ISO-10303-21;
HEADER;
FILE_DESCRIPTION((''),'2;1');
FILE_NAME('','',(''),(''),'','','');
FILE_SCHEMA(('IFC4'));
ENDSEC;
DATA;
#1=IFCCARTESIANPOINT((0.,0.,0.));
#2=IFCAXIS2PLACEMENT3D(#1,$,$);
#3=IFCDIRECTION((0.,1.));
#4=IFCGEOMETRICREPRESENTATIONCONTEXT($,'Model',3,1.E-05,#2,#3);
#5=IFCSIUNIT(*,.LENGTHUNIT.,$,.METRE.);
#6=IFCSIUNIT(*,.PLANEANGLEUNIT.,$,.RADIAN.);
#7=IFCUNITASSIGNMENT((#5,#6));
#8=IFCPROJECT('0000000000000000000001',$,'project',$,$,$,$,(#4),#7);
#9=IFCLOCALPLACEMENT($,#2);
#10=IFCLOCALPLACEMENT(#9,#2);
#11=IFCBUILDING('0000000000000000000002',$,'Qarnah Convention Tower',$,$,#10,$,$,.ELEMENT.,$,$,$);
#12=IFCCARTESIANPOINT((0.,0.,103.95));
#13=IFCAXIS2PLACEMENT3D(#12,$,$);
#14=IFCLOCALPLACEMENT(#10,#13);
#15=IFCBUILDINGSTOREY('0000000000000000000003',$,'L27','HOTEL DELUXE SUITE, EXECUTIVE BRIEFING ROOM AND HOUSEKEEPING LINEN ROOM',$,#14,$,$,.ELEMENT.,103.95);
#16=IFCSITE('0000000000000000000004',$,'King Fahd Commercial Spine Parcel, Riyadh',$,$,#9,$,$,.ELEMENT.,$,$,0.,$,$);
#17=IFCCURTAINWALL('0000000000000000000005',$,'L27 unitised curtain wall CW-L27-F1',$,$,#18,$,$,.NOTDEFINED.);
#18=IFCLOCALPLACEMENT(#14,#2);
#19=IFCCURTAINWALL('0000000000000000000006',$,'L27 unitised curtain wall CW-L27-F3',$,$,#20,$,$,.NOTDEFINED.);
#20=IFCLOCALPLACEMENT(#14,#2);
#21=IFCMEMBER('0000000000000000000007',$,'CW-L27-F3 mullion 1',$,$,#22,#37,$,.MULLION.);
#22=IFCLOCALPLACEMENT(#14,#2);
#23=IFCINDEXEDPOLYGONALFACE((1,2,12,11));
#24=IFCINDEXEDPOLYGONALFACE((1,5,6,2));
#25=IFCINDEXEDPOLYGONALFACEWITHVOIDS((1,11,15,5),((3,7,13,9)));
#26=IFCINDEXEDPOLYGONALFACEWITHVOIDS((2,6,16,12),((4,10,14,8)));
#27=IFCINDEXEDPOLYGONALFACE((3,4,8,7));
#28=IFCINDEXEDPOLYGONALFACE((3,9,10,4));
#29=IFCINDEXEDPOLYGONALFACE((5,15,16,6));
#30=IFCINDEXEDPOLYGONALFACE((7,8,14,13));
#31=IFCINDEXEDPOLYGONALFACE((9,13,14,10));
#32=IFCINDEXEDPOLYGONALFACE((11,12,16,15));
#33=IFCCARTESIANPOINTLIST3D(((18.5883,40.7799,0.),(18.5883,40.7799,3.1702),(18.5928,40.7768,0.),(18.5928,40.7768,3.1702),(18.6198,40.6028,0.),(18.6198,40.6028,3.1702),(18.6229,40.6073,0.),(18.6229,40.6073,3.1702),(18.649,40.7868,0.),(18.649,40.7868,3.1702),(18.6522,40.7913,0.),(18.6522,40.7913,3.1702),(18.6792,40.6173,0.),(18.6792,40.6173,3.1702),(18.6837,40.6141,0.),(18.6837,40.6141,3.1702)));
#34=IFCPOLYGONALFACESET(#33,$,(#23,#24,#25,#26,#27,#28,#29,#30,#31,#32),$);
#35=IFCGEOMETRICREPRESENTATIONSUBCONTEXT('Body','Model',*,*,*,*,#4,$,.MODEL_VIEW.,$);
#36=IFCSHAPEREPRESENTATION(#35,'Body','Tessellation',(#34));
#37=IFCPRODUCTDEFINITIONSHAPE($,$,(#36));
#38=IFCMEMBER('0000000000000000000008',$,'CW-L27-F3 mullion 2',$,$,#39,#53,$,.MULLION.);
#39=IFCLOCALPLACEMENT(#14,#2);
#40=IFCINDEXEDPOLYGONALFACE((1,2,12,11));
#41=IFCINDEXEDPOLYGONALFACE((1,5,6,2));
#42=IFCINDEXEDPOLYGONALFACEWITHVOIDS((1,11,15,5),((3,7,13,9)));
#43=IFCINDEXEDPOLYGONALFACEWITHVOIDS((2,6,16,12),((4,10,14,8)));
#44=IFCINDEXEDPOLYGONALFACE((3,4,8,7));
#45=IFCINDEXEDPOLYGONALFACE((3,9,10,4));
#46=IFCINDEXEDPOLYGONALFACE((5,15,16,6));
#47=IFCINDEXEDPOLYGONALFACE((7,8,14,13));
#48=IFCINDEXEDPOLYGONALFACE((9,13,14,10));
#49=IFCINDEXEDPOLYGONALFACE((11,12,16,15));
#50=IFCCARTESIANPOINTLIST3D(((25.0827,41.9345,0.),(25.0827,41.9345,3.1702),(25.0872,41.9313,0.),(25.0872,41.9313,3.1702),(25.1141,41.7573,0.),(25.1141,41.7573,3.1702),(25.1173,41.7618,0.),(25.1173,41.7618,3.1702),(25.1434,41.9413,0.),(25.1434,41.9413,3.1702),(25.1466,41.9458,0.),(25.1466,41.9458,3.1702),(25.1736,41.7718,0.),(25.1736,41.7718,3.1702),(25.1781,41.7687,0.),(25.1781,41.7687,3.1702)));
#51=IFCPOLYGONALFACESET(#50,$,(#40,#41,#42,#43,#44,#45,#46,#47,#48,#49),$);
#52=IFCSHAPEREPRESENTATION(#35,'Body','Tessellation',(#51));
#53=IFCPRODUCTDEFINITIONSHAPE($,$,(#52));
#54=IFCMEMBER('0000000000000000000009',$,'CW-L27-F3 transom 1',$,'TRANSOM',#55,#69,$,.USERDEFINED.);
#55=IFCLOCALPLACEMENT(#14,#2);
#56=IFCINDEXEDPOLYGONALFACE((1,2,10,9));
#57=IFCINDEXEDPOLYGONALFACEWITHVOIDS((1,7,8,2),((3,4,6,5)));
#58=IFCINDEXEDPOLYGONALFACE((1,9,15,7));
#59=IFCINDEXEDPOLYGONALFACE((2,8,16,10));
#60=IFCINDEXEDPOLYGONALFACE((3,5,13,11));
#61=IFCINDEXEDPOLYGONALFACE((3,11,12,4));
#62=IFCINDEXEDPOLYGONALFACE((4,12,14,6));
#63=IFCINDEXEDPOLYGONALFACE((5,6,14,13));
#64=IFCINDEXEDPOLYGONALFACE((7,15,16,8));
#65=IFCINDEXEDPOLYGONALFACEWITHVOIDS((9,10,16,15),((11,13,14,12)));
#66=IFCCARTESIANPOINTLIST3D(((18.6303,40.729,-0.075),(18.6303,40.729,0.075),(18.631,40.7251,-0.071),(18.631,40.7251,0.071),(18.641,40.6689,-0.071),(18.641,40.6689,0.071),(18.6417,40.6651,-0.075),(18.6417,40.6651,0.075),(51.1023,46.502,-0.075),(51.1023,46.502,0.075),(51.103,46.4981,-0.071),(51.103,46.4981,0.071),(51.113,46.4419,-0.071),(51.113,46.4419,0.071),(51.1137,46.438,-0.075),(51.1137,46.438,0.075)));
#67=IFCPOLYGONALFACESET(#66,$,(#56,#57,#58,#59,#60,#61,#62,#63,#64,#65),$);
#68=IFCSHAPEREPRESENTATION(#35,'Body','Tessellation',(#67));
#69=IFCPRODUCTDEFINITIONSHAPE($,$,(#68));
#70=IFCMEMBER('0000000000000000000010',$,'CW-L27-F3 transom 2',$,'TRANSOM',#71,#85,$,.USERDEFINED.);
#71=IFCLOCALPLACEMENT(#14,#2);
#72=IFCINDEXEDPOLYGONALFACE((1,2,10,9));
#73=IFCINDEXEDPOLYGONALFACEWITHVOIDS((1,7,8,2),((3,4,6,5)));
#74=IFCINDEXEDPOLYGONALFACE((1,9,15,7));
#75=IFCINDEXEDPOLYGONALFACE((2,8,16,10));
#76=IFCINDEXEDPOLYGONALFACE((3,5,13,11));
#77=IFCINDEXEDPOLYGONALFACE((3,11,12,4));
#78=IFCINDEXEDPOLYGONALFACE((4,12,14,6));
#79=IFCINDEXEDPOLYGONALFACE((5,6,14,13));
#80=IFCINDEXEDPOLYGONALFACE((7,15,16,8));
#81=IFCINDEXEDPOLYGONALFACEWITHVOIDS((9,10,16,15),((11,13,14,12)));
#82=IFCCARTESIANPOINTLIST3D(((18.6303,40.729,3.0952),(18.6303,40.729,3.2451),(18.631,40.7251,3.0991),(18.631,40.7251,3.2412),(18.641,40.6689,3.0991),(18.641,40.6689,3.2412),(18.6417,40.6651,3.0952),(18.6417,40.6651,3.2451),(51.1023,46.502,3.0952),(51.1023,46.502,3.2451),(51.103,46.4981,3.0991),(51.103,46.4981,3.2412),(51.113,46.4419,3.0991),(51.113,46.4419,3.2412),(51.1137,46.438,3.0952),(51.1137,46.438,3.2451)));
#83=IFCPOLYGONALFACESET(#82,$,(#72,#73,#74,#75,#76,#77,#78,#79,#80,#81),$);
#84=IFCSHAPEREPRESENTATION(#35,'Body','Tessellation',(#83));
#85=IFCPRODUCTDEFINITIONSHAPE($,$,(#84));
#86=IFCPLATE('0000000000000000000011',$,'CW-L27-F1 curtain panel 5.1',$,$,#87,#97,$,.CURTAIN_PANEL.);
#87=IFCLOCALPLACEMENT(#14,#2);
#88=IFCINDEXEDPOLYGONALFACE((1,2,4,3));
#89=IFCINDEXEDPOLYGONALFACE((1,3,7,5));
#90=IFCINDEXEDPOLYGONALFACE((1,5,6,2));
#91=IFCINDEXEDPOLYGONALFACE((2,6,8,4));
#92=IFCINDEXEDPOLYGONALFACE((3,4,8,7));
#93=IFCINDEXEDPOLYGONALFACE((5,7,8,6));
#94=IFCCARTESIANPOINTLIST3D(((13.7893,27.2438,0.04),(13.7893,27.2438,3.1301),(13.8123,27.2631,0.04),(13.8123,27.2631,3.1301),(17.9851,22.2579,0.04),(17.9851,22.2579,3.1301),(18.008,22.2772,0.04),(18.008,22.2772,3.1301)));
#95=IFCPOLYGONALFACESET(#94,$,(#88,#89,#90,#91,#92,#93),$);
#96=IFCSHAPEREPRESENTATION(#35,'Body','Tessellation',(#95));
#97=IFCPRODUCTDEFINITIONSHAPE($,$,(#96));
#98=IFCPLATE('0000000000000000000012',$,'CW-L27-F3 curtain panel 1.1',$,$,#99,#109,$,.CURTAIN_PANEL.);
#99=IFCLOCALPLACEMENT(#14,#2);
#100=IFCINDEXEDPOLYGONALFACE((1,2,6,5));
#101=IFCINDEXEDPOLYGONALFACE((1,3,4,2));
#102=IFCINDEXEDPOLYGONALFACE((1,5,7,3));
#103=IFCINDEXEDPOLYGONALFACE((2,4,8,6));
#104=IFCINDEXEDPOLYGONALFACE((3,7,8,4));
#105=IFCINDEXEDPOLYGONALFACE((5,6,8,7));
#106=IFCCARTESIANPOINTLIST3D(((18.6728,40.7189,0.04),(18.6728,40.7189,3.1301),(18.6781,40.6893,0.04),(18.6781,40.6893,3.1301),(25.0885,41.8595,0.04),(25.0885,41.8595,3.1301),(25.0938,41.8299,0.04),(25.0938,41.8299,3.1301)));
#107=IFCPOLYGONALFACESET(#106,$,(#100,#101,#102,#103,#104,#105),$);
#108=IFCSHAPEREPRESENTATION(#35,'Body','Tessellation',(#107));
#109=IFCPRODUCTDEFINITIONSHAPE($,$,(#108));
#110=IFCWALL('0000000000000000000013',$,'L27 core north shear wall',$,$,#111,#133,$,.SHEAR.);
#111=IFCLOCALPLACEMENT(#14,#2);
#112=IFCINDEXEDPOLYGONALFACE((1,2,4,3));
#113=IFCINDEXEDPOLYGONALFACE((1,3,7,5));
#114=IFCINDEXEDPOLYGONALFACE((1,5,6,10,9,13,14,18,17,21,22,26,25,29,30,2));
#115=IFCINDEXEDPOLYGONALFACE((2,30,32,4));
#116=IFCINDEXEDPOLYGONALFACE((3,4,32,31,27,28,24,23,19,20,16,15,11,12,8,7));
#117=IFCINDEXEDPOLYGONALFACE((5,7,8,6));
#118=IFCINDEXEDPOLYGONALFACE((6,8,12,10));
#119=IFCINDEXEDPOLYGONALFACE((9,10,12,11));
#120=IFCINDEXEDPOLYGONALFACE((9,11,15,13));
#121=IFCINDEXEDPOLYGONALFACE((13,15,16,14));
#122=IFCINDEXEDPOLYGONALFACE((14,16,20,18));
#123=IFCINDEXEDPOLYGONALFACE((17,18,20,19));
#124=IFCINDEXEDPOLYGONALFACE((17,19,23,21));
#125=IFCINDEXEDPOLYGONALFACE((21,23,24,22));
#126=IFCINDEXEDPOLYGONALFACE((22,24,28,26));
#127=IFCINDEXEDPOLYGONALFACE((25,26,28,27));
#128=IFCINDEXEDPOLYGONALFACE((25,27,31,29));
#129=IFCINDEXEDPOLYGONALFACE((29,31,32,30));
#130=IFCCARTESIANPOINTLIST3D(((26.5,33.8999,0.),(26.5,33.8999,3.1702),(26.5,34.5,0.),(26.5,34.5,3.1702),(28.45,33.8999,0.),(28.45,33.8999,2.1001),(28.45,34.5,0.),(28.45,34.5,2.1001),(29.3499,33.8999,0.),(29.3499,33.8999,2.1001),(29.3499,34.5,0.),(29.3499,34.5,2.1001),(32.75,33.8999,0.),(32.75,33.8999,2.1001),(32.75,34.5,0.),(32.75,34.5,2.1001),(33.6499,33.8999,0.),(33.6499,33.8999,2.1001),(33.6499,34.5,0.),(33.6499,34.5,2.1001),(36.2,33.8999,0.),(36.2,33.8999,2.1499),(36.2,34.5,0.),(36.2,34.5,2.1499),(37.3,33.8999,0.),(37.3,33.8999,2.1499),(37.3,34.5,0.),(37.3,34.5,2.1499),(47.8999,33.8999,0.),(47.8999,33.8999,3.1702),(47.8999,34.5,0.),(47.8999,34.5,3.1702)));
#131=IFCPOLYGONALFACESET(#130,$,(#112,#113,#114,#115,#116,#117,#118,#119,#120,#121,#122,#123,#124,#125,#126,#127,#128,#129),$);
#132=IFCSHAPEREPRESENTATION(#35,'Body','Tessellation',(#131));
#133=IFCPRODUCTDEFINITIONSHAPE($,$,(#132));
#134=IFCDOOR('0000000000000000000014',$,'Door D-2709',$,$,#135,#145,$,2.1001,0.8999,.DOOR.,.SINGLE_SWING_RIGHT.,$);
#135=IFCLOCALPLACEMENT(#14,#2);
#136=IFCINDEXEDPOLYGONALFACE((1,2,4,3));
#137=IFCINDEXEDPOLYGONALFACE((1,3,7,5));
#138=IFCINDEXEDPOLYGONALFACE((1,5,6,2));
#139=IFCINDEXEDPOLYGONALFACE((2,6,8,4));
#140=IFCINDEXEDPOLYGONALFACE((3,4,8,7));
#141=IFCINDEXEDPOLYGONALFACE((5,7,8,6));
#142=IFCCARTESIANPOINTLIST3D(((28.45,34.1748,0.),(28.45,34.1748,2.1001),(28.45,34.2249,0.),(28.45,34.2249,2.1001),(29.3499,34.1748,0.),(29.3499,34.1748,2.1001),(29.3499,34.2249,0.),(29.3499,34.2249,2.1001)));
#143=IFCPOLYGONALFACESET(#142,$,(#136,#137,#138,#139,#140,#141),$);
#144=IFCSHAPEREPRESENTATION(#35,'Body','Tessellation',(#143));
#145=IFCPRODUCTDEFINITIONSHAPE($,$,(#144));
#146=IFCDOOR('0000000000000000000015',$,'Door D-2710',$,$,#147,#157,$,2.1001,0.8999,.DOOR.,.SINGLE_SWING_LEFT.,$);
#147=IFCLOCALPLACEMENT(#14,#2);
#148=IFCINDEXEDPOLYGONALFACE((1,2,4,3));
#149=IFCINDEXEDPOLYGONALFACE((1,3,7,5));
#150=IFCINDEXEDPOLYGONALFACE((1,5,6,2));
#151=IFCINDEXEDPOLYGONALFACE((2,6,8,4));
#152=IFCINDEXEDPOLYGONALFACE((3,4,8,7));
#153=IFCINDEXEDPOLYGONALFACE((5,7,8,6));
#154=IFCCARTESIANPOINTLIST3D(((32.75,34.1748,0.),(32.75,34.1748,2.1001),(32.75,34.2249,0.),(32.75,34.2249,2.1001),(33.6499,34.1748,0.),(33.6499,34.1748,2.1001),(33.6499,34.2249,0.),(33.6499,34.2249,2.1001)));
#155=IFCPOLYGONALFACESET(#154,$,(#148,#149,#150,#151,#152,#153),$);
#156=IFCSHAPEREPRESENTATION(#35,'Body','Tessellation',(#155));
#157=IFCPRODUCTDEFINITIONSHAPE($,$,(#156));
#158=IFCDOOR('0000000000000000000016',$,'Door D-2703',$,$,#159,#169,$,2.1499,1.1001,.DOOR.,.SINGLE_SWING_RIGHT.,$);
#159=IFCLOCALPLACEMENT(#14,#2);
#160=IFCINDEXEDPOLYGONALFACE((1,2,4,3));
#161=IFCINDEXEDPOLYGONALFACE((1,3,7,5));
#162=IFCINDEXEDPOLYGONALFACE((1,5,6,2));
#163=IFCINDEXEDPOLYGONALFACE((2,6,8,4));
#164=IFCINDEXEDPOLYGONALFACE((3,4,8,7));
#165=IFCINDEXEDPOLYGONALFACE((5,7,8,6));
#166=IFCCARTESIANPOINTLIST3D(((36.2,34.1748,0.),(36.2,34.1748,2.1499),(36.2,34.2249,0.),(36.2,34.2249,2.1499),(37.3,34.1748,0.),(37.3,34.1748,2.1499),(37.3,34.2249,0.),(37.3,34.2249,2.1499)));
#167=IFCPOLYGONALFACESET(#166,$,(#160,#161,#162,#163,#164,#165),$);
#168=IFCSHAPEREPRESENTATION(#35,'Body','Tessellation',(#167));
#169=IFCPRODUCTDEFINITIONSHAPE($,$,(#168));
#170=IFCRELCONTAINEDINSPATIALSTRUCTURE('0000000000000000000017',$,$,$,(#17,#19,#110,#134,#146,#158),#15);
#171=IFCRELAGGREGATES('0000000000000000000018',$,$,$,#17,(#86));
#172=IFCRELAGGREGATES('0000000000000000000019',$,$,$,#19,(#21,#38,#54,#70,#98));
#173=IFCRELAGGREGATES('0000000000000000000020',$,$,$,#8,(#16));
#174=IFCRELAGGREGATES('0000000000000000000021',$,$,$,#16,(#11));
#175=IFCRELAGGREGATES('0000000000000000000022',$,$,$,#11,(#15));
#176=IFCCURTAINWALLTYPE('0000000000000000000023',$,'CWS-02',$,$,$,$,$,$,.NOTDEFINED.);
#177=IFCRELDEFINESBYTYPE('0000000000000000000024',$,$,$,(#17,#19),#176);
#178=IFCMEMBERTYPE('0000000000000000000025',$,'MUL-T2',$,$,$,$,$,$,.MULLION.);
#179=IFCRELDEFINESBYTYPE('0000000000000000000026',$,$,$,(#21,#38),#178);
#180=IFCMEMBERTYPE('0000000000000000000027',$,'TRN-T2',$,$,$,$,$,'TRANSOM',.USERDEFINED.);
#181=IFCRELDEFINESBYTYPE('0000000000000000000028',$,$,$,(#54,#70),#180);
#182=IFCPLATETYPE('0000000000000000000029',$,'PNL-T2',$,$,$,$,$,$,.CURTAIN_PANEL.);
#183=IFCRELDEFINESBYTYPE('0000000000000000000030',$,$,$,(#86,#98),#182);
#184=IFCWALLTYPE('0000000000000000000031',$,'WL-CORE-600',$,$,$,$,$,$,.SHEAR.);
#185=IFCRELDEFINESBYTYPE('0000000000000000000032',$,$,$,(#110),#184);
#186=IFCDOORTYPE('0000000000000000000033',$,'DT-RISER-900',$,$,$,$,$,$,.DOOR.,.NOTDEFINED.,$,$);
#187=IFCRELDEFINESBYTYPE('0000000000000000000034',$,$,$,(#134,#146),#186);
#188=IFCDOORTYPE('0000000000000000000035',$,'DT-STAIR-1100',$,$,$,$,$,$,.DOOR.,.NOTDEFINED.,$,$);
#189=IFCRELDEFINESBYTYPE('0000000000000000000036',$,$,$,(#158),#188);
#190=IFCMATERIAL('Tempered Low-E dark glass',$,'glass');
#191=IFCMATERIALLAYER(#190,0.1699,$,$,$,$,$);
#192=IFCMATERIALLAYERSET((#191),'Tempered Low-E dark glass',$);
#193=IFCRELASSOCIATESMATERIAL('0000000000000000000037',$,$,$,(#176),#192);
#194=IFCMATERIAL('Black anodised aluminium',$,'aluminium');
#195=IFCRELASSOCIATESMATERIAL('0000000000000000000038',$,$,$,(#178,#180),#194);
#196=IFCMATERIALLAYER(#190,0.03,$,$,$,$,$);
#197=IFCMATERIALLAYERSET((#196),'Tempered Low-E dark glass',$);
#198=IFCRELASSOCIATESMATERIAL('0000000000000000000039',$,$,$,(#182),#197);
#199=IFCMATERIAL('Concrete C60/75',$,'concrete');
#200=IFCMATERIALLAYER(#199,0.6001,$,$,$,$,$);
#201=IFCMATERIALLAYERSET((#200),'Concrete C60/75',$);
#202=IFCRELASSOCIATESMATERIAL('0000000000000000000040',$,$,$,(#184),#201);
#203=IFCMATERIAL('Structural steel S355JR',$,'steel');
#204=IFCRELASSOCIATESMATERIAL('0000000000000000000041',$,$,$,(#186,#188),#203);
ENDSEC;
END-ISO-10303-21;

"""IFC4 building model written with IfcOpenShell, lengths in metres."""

from ifc_helpers import new_model, si_unit, direction, frame, frame_2d, origin, origin_2d, place, context, subcontext, project, spatial, rectangle, hollow_rectangle, extrude, material, layer, layer_set, material_profile, profile_set, type_object, element, fill, aggregate, save


model = new_model("IFC4")

# Units and contexts
model_context = context("Model", 3, precision=1e-05, world=origin(), true_north=direction((0.0, 1.0)))
body_context = subcontext(model_context, "Body", "Model", "MODEL_VIEW")
ifc_project = project(units=[si_unit("LENGTHUNIT", "METRE"), si_unit("PLANEANGLEUNIT", "RADIAN")], contexts=[model_context])

# Site, building, storey
site_placement = place(None, origin())
site = spatial("IfcSite", under=ifc_project, at=site_placement, Name="King Fahd Commercial Spine Parcel, Riyadh", CompositionType="ELEMENT", RefElevation=0.0)
building_placement = place(site_placement, origin())
building = spatial("IfcBuilding", under=site, at=building_placement, Name="Qarnah Convention Tower", CompositionType="ELEMENT")
storey_placement = place(building_placement, frame((0.0, 0.0, 103.95)))
storey = spatial("IfcBuildingStorey", under=building, at=storey_placement, Name="L27", Description="HOTEL DELUXE SUITE, EXECUTIVE BRIEFING ROOM AND HOUSEKEEPING LINEN ROOM", CompositionType="ELEMENT", Elevation=103.95)

# Shared definitions
ifc_material_1 = material(Name="Concrete C60/75", Category="concrete")

# Shared definitions
ifc_material_2 = material(Name="Structural steel S355JR", Category="steel")

# Curtain wall
ifc_material_3 = material(Name="Tempered Low-E dark glass", Category="glass")
ifc_layer_1 = layer(ifc_material_3, 0.1699)
ifc_layer_set_1 = layer_set([ifc_layer_1], Name="Tempered Low-E dark glass")
curtain_wall_type = type_object("IfcCurtainWallType", Name="CWS-02", PredefinedType="NOTDEFINED", material=ifc_layer_set_1)
curtain_wall_1_placement = place(storey_placement, origin())
curtain_wall_1 = element("IfcCurtainWall", 1, at=curtain_wall_1_placement, inside=storey, type_object=curtain_wall_type, Name="L27 unitised curtain wall CW-L27-F1", PredefinedType="NOTDEFINED")
ifc_material_4 = material(Name="Black anodised aluminium", Category="aluminium")
ifc_material_profile_1 = material_profile(ifc_material_4, hollow_rectangle(XDim=0.0649, YDim=0.1799, WallThickness=0.0039, at=origin_2d()), Name="MUL-65X180")
ifc_profile_set_1 = profile_set([ifc_material_profile_1], Name="Black anodised aluminium")
member_type_1 = type_object("IfcMemberType", Name="MUL-T2", PredefinedType="MULLION", material=ifc_profile_set_1)

# Curtain wall, members
curtain_wall_2_placement = place(storey_placement, origin())
curtain_wall_2 = element("IfcCurtainWall", 2, at=curtain_wall_2_placement, inside=storey, type_object=curtain_wall_type, Name="L27 unitised curtain wall CW-L27-F3", PredefinedType="NOTDEFINED")
member_1_placement = place(storey_placement, frame((18.636, 40.697, 0.0), z_axis=(0.0, 0.0, 1.0), x_axis=(0.984561, 0.175039, 0.0)))
member_1 = element("IfcMember", 3, at=member_1_placement, type_object=member_type_1, Name="CW-L27-F3 mullion 1", PredefinedType="MULLION", context=body_context, shape_type="SweptSolid", body=[
    extrude(hollow_rectangle(XDim=0.0649, YDim=0.1799, WallThickness=0.0039, at=origin_2d()), origin(), (0.0, 0.0, 1.0), 3.1702),
])
member_2_placement = place(storey_placement, frame((25.1304, 41.8516, 0.0), z_axis=(0.0, 0.0, 1.0), x_axis=(0.984561, 0.175039, 0.0)))
member_2 = element("IfcMember", 4, at=member_2_placement, type_object=member_type_1, Name="CW-L27-F3 mullion 2", PredefinedType="MULLION", context=body_context, shape_type="SweptSolid", body=[
    extrude(hollow_rectangle(XDim=0.0649, YDim=0.1799, WallThickness=0.0039, at=origin_2d()), origin(), (0.0, 0.0, 1.0), 3.1702),
])
ifc_material_profile_2 = material_profile(ifc_material_4, hollow_rectangle(XDim=0.0649, YDim=0.1499, WallThickness=0.0039, at=origin_2d()), Name="TRN-65X150")
ifc_profile_set_2 = profile_set([ifc_material_profile_2], Name="Black anodised aluminium")
member_type_2 = type_object("IfcMemberType", Name="TRN-T2", ElementType="TRANSOM", PredefinedType="USERDEFINED", material=ifc_profile_set_2)
member_3_placement = place(storey_placement, frame((18.636, 40.697, 0.0), z_axis=(0.984562, 0.175038, 0.0), x_axis=(-0.175038, 0.984562, 0.0)))
member_3 = element("IfcMember", 5, at=member_3_placement, type_object=member_type_2, Name="CW-L27-F3 transom 1", ObjectType="TRANSOM", PredefinedType="USERDEFINED", context=body_context, shape_type="SweptSolid", body=[
    extrude(hollow_rectangle(XDim=0.0649, YDim=0.1499, WallThickness=0.0039, at=origin_2d()), origin(), (0.0, 0.0, 1.0), 32.9812),
])
member_4_placement = place(storey_placement, frame((18.636, 40.697, 3.1702), z_axis=(0.984562, 0.175038, 0.0), x_axis=(-0.175038, 0.984562, 0.0)))
member_4 = element("IfcMember", 6, at=member_4_placement, type_object=member_type_2, Name="CW-L27-F3 transom 2", ObjectType="TRANSOM", PredefinedType="USERDEFINED", context=body_context, shape_type="SweptSolid", body=[
    extrude(hollow_rectangle(XDim=0.0649, YDim=0.1499, WallThickness=0.0039, at=origin_2d()), origin(), (0.0, 0.0, 1.0), 32.9812),
])

# Plates
ifc_layer_2 = layer(ifc_material_3, 0.03)
ifc_layer_set_2 = layer_set([ifc_layer_2], Name="Tempered Low-E dark glass")
plate_type = type_object("IfcPlateType", Name="PNL-T2", PredefinedType="CURTAIN_PANEL", material=ifc_layer_set_2)
plate_1_placement = place(storey_placement, frame((15.8987, 24.7605, 0.04), z_axis=(0.0, 0.0, 1.0), x_axis=(-0.643878, 0.765128, 0.0)))
plate_1 = element("IfcPlate", 7, at=plate_1_placement, type_object=plate_type, Name="CW-L27-F1 curtain panel 5.1", PredefinedType="CURTAIN_PANEL", context=body_context, shape_type="SweptSolid", body=[
    extrude(rectangle(XDim=6.5164, YDim=0.03, at=origin_2d()), origin(), (0.0, 0.0, 1.0), 3.0901),
])
aggregate(curtain_wall_1, [plate_1])
plate_2_placement = place(storey_placement, frame((21.8833, 41.2744, 0.04), z_axis=(0.0, 0.0, 1.0), x_axis=(0.984561, 0.175039, 0.0)))
plate_2 = element("IfcPlate", 8, at=plate_2_placement, type_object=plate_type, Name="CW-L27-F3 curtain panel 1.1", PredefinedType="CURTAIN_PANEL", context=body_context, shape_type="SweptSolid", body=[
    extrude(rectangle(XDim=6.5164, YDim=0.03, at=origin_2d()), origin(), (0.0, 0.0, 1.0), 3.0901),
])
aggregate(curtain_wall_2, [member_1, member_2, member_3, member_4, plate_2])

# Wall, openings, doors
ifc_layer_3 = layer(ifc_material_1, 0.6001)
ifc_layer_set_3 = layer_set([ifc_layer_3], Name="Concrete C60/75")
wall_type_1 = type_object("IfcWallType", Name="WL-CORE-600", PredefinedType="SHEAR", material=ifc_layer_set_3)
wall_1_placement = place(storey_placement, frame((26.5, 34.2, 0.0), z_axis=(0.0, 0.0, 1.0), x_axis=(1.0, 0.0, 0.0)))
wall_1 = element("IfcWall", 9, at=wall_1_placement, inside=storey, type_object=wall_type_1, Name="L27 core north shear wall", PredefinedType="SHEAR", context=body_context, shape_type="SweptSolid", body=[
    extrude(rectangle(XDim=21.3999, YDim=0.6001, at=frame_2d((10.7, 0.0))), origin(), (0.0, 0.0, 1.0), 3.1702),
])
opening_1_placement = place(wall_1_placement, frame((9.7, 0.0, 0.0)))
opening_1 = element("IfcOpeningElement", 10, at=opening_1_placement, cuts=wall_1, PredefinedType="OPENING", context=body_context, shape_type="SweptSolid", body=[
    extrude(rectangle(XDim=1.1001, YDim=2.1499, at=frame_2d((0.55, 1.075))), frame((0.0, 0.3101, 0.0), z_axis=(0.0, -1.0, 0.0), x_axis=(1.0, 0.0, 0.0)), (0.0, 0.0, 1.0), 0.6201),
])
opening_2_placement = place(wall_1_placement, frame((1.95, 0.0, 0.0)))
opening_2 = element("IfcOpeningElement", 11, at=opening_2_placement, cuts=wall_1, PredefinedType="OPENING", context=body_context, shape_type="SweptSolid", body=[
    extrude(rectangle(XDim=0.8999, YDim=2.1001, at=frame_2d((0.45, 1.05))), frame((0.0, 0.3101, 0.0), z_axis=(0.0, -1.0, 0.0), x_axis=(1.0, 0.0, 0.0)), (0.0, 0.0, 1.0), 0.6201),
])
opening_3_placement = place(wall_1_placement, frame((6.25, 0.0, 0.0)))
opening_3 = element("IfcOpeningElement", 12, at=opening_3_placement, cuts=wall_1, PredefinedType="OPENING", context=body_context, shape_type="SweptSolid", body=[
    extrude(rectangle(XDim=0.8999, YDim=2.1001, at=frame_2d((0.45, 1.05))), frame((0.0, 0.3101, 0.0), z_axis=(0.0, -1.0, 0.0), x_axis=(1.0, 0.0, 0.0)), (0.0, 0.0, 1.0), 0.6201),
])
door_type_1 = type_object("IfcDoorType", Name="DT-RISER-900", OperationType="NOTDEFINED", PredefinedType="DOOR", material=ifc_material_2)
door_1_placement = place(opening_2_placement, origin())
door_1 = element("IfcDoor", 13, at=door_1_placement, inside=storey, type_object=door_type_1, Name="Door D-2709", OperationType="SINGLE_SWING_RIGHT", OverallHeight=2.1001, OverallWidth=0.8999, PredefinedType="DOOR", context=body_context, shape_type="SweptSolid", body=[
    extrude(rectangle(XDim=0.8999, YDim=2.1001, at=frame_2d((0.45, 1.05))), frame((0.0, 0.0249, 0.0), z_axis=(0.0, -1.0, 0.0), x_axis=(1.0, 0.0, 0.0)), (0.0, 0.0, 1.0), 0.05),
])
fill(opening_2, door_1)
door_2_placement = place(opening_3_placement, origin())
door_2 = element("IfcDoor", 14, at=door_2_placement, inside=storey, type_object=door_type_1, Name="Door D-2710", OperationType="SINGLE_SWING_LEFT", OverallHeight=2.1001, OverallWidth=0.8999, PredefinedType="DOOR", context=body_context, shape_type="SweptSolid", body=[
    extrude(rectangle(XDim=0.8999, YDim=2.1001, at=frame_2d((0.45, 1.05))), frame((0.0, 0.0249, 0.0), z_axis=(0.0, -1.0, 0.0), x_axis=(1.0, 0.0, 0.0)), (0.0, 0.0, 1.0), 0.05),
])
fill(opening_3, door_2)
door_type_2 = type_object("IfcDoorType", Name="DT-STAIR-1100", OperationType="NOTDEFINED", PredefinedType="DOOR", material=ifc_material_2)
door_3_placement = place(opening_1_placement, origin())
door_3 = element("IfcDoor", 15, at=door_3_placement, inside=storey, type_object=door_type_2, Name="Door D-2703", OperationType="SINGLE_SWING_RIGHT", OverallHeight=2.1499, OverallWidth=1.1001, PredefinedType="DOOR", context=body_context, shape_type="SweptSolid", body=[
    extrude(rectangle(XDim=1.1001, YDim=2.1499, at=frame_2d((0.55, 1.075))), frame((0.0, 0.0249, 0.0), z_axis=(0.0, -1.0, 0.0), x_axis=(1.0, 0.0, 0.0)), (0.0, 0.0, 1.0), 0.05),
])
fill(opening_1, door_3)

save(model, "model.ifc")
